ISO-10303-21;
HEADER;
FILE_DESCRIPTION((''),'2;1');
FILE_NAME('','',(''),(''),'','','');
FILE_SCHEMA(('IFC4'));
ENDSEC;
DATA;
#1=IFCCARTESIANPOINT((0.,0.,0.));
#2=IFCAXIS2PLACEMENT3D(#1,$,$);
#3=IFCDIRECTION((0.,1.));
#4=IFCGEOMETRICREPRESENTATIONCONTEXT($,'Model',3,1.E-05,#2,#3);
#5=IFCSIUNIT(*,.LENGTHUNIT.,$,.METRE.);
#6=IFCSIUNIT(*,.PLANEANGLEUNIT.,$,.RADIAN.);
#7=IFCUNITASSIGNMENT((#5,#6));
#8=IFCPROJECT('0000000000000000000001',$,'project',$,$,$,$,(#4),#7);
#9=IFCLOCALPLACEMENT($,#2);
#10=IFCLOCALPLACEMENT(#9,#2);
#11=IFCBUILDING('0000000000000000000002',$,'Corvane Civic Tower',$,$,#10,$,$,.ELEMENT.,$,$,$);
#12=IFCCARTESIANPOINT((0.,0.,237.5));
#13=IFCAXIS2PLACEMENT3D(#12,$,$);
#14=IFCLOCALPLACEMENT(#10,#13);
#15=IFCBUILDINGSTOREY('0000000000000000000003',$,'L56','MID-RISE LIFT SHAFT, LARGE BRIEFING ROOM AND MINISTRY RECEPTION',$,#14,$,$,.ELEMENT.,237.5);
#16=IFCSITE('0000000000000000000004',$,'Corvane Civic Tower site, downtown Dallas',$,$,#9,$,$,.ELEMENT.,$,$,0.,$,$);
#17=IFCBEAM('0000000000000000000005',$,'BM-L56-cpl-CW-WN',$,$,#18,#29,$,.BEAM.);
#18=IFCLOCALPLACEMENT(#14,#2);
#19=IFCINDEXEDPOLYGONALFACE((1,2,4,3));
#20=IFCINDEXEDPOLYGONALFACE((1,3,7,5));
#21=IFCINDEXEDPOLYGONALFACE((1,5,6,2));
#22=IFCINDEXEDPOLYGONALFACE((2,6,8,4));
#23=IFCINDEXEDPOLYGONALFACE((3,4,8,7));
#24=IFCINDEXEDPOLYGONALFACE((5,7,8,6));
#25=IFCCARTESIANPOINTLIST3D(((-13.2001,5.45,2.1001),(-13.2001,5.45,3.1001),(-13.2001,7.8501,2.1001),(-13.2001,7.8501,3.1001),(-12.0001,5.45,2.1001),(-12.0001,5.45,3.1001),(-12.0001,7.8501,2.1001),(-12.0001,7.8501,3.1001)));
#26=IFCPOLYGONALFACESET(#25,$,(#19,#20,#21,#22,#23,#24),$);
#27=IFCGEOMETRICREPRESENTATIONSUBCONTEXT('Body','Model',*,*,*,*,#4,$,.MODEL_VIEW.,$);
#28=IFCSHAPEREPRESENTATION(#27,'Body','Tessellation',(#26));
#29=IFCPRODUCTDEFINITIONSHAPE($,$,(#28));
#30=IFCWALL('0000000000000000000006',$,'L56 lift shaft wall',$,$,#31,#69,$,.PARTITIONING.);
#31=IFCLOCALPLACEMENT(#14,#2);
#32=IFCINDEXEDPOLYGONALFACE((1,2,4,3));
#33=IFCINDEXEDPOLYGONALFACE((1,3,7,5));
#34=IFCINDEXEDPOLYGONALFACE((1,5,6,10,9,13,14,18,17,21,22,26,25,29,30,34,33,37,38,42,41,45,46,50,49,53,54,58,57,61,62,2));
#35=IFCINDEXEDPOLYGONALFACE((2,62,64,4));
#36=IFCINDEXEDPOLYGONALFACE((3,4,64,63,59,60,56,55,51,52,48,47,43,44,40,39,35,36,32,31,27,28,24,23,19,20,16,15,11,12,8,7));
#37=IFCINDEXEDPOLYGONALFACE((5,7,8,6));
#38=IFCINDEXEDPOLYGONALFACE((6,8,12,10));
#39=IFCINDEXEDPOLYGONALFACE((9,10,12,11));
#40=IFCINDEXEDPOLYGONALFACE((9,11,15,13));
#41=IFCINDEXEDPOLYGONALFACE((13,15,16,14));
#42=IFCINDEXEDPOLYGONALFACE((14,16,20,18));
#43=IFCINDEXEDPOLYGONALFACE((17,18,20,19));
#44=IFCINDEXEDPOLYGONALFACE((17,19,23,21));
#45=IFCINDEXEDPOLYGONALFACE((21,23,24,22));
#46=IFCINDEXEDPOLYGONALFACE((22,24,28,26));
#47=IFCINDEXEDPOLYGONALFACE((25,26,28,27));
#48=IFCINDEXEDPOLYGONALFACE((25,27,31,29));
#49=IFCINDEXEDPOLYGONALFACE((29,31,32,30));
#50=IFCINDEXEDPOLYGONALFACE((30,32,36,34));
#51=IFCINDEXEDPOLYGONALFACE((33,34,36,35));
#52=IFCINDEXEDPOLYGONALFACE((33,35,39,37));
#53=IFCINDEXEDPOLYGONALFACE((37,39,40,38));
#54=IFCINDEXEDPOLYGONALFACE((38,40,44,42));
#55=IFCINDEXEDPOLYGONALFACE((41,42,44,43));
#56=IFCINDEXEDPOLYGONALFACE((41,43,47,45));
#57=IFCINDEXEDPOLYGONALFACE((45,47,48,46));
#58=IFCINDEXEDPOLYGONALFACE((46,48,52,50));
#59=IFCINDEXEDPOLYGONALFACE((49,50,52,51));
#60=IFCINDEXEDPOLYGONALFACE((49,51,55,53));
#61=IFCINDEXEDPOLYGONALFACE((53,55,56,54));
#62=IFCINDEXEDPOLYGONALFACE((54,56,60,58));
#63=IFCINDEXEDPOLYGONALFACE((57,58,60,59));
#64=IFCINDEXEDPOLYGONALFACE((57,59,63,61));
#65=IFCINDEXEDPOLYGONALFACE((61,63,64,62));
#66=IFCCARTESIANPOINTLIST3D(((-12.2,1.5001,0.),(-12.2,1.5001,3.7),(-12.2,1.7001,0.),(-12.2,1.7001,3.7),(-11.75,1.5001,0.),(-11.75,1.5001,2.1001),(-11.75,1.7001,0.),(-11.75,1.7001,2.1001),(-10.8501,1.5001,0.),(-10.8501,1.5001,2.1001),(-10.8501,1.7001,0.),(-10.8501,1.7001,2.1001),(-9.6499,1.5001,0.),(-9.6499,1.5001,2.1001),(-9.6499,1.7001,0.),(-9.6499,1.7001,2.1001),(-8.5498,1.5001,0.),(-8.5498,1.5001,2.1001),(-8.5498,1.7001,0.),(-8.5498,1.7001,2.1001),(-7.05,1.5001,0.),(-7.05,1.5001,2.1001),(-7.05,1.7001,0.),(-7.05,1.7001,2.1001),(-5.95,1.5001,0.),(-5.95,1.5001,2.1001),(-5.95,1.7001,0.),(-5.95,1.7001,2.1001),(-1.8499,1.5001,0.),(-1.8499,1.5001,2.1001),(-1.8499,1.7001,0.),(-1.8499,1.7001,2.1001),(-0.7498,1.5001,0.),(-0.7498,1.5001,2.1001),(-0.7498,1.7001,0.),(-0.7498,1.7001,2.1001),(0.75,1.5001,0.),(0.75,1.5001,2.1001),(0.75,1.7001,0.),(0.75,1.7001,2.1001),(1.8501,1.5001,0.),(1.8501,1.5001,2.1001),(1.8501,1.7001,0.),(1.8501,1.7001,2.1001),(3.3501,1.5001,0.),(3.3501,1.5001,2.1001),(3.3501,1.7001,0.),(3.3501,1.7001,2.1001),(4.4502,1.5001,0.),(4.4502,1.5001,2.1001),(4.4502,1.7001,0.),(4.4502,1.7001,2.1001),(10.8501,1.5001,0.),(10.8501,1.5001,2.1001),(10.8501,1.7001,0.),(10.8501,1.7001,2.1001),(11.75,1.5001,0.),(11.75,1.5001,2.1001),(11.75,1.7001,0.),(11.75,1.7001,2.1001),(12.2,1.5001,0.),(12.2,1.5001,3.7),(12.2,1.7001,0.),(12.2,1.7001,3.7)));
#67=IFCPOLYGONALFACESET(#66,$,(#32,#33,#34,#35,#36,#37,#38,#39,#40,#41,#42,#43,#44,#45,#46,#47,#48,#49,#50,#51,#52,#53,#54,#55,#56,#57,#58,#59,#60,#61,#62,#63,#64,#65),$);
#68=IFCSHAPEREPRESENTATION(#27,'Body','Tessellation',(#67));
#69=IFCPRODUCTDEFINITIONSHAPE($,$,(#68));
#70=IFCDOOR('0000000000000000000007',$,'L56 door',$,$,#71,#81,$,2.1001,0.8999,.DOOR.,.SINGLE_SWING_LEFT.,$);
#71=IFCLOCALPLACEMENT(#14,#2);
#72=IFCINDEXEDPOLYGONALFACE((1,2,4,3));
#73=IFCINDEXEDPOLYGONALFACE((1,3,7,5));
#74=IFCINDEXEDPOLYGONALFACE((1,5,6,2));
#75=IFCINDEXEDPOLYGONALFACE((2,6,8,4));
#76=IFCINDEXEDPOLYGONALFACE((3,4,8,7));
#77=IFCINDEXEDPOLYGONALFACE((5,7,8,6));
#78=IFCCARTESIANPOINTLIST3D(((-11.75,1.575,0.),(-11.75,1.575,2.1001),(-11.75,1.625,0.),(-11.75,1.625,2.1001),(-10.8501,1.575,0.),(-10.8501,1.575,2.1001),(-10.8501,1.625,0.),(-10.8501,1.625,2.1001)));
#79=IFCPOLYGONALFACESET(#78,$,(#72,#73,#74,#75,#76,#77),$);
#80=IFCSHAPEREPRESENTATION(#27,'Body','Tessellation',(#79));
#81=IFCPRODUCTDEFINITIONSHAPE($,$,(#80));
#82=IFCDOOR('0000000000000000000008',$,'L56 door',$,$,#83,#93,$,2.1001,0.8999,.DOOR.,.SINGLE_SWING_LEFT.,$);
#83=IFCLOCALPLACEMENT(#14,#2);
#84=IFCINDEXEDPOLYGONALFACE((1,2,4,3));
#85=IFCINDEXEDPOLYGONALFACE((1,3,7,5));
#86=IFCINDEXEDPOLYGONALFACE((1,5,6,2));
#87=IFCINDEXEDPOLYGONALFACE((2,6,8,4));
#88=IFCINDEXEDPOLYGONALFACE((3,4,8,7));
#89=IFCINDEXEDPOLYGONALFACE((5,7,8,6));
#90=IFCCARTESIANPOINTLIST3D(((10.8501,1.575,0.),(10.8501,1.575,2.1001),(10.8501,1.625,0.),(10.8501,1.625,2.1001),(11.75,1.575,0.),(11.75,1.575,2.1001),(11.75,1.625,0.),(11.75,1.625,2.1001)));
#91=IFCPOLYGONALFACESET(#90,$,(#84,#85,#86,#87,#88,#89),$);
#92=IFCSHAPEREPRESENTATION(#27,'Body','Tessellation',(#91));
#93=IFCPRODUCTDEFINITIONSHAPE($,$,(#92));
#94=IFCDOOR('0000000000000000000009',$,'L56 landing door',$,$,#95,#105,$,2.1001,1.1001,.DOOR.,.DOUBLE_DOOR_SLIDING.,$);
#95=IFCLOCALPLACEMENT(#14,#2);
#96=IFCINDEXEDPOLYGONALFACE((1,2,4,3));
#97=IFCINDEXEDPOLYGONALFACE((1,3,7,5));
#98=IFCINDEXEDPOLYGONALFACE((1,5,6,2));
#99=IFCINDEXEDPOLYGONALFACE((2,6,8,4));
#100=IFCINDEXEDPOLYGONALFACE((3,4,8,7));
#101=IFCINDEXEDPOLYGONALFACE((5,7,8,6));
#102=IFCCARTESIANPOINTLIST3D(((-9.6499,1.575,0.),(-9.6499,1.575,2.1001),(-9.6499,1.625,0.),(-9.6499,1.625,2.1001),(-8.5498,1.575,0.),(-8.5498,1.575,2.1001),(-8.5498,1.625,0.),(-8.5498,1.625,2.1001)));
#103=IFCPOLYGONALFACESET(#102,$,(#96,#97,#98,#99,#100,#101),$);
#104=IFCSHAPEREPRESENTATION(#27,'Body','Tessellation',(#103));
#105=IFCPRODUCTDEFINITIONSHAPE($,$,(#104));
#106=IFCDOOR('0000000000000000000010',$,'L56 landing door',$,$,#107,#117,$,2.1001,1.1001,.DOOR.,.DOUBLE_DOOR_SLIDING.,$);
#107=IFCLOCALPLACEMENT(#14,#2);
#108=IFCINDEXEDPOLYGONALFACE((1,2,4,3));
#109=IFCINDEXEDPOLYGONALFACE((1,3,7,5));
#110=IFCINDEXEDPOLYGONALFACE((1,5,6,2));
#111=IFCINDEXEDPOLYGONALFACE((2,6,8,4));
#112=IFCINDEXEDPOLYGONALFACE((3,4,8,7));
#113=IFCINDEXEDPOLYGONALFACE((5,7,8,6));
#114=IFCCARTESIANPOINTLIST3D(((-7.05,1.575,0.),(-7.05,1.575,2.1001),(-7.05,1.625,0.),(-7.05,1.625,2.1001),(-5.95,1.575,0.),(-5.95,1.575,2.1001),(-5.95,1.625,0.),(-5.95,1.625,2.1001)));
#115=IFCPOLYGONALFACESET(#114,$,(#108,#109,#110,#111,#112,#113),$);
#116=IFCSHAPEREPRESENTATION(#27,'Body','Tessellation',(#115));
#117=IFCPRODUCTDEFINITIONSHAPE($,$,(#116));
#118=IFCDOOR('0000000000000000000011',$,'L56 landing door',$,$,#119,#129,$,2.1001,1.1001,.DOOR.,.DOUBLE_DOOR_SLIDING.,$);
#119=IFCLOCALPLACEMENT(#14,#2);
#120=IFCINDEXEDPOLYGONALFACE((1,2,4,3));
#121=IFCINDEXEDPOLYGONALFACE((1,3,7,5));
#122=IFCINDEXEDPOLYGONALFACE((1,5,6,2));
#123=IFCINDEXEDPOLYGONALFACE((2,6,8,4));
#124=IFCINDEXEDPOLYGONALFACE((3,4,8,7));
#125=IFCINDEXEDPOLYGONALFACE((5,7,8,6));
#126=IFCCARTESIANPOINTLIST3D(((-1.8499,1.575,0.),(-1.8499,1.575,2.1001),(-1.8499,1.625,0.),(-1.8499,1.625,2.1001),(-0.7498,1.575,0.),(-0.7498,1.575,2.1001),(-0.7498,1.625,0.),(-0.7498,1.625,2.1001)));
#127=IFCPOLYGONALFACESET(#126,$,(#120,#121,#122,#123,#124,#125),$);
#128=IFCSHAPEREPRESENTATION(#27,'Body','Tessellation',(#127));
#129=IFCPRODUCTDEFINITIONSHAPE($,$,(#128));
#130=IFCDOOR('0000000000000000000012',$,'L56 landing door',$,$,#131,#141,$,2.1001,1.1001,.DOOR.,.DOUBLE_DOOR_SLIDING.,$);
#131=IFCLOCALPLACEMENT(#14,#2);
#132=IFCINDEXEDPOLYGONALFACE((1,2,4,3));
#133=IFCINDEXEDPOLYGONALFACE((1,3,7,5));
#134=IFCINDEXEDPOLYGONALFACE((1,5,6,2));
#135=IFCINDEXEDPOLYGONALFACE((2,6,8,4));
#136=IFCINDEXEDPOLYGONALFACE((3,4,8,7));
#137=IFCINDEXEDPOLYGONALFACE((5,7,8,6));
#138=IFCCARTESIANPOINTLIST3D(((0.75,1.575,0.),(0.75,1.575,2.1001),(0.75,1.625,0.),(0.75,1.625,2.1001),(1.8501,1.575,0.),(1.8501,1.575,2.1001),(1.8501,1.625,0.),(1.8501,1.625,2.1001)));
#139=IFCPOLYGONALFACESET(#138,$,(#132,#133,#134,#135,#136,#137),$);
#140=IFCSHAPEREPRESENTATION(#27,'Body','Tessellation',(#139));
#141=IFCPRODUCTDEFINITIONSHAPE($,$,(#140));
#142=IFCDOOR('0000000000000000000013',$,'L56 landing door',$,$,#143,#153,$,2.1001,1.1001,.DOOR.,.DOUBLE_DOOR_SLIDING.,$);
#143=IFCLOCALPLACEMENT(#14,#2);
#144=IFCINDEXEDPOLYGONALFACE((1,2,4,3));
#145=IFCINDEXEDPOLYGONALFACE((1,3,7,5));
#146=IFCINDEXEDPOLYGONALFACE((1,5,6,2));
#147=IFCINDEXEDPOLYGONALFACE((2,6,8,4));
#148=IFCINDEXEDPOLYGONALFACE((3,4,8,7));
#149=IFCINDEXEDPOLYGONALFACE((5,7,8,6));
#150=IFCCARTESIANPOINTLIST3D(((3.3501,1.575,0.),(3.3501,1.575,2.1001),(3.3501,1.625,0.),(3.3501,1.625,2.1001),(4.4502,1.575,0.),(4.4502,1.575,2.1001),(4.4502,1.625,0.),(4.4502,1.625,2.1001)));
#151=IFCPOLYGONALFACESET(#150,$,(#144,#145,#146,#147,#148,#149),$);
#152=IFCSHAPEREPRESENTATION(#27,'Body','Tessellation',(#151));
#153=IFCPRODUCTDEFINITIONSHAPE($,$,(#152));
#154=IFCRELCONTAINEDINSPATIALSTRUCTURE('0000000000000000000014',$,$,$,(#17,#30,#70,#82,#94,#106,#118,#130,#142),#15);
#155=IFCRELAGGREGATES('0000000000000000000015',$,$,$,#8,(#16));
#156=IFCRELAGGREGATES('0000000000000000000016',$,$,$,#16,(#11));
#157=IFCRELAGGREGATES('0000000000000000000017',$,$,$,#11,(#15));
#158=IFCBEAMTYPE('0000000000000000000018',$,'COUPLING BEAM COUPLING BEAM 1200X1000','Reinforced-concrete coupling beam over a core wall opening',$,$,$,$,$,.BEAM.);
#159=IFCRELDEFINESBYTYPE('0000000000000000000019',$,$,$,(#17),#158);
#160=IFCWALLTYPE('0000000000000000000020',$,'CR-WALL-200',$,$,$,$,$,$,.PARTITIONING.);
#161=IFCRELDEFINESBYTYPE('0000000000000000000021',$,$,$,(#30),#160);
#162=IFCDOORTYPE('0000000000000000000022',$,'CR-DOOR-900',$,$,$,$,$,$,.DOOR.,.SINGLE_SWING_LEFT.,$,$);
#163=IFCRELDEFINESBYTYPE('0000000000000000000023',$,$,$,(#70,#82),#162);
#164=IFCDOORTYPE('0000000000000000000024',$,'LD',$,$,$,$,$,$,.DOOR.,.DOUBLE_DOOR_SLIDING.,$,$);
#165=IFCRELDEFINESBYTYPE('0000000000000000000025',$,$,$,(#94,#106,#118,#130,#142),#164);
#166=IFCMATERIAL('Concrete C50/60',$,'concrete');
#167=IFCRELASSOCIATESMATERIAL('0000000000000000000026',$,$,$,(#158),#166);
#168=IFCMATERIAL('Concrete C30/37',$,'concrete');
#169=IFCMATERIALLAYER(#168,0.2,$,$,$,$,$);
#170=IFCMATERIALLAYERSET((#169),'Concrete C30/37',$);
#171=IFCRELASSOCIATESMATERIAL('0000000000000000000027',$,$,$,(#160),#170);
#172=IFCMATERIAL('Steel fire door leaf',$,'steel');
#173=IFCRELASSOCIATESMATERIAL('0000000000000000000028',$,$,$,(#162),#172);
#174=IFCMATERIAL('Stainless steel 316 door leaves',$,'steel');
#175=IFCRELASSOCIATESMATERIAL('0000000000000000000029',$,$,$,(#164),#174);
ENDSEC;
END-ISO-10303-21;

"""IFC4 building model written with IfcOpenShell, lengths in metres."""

from ifc_helpers import new_model, si_unit, direction, frame, frame_2d, origin, origin_2d, place, context, subcontext, project, spatial, rectangle, extrude, material, layer, layer_set, material_profile, profile_set, type_object, element, fill, save


model = new_model("IFC4")

# Units and contexts
model_context = context("Model", 3, precision=1e-05, world=origin(), true_north=direction((0.0, 1.0)))
body_context = subcontext(model_context, "Body", "Model", "MODEL_VIEW")
ifc_project = project(units=[si_unit("LENGTHUNIT", "METRE"), si_unit("PLANEANGLEUNIT", "RADIAN")], contexts=[model_context])

# Site, building, storey
site_placement = place(None, origin())
site = spatial("IfcSite", under=ifc_project, at=site_placement, Name="Corvane Civic Tower site, downtown Dallas", CompositionType="ELEMENT", RefElevation=0.0)
building_placement = place(site_placement, origin())
building = spatial("IfcBuilding", under=site, at=building_placement, Name="Corvane Civic Tower", CompositionType="ELEMENT")
storey_placement = place(building_placement, frame((0.0, 0.0, 237.5)))
storey = spatial("IfcBuildingStorey", under=building, at=storey_placement, Name="L56", Description="MID-RISE LIFT SHAFT, LARGE BRIEFING ROOM AND MINISTRY RECEPTION", CompositionType="ELEMENT", Elevation=237.5)

# Beam
ifc_material_1 = material(Name="Concrete C50/60", Category="concrete")
ifc_material_profile = material_profile(ifc_material_1, rectangle(XDim=1.2, YDim=1.0, at=origin_2d()), Name="COUPLING BEAM 1200X1000")
ifc_profile_set = profile_set([ifc_material_profile], Name="Concrete C50/60")
beam_type = type_object("IfcBeamType", Name="COUPLING BEAM COUPLING BEAM 1200X1000", Description="Reinforced-concrete coupling beam over a core wall opening", PredefinedType="BEAM", material=ifc_profile_set)
beam_placement = place(storey_placement, frame((-12.6001, 5.45, 2.6001), z_axis=(0.0, 1.0, 0.0), x_axis=(-1.0, 0.0, 0.0)))
element("IfcBeam", 1, at=beam_placement, inside=storey, type_object=beam_type, Name="BM-L56-cpl-CW-WN", PredefinedType="BEAM", context=body_context, shape_type="SweptSolid", body=[
    extrude(rectangle(XDim=1.2, YDim=1.0, at=origin_2d()), origin(), (0.0, 0.0, 1.0), 2.4001),
])

# Wall, openings, doors
ifc_material_2 = material(Name="Concrete C30/37", Category="concrete")
ifc_layer_1 = layer(ifc_material_2, 0.2)
ifc_layer_set_1 = layer_set([ifc_layer_1], Name="Concrete C30/37")
wall_type_1 = type_object("IfcWallType", Name="CR-WALL-200", PredefinedType="PARTITIONING", material=ifc_layer_set_1)
wall_1_placement = place(storey_placement, frame((-12.2, 1.6001, 0.0), z_axis=(0.0, 0.0, 1.0), x_axis=(1.0, 0.0, 0.0)))
wall_1 = element("IfcWall", 2, at=wall_1_placement, inside=storey, type_object=wall_type_1, Name="L56 lift shaft wall", PredefinedType="PARTITIONING", context=body_context, shape_type="SweptSolid", body=[
    extrude(rectangle(XDim=24.3999, YDim=0.2, at=frame_2d((12.2, 0.0))), origin(), (0.0, 0.0, 1.0), 3.7),
])
opening_1_placement = place(wall_1_placement, frame((2.55, 0.0, 0.0)))
opening_1 = element("IfcOpeningElement", 3, at=opening_1_placement, cuts=wall_1, PredefinedType="OPENING", context=body_context, shape_type="SweptSolid", body=[
    extrude(rectangle(XDim=1.1001, YDim=2.1001, at=frame_2d((0.55, 1.05))), frame((0.0, 0.1099, 0.0), z_axis=(0.0, -1.0, 0.0), x_axis=(1.0, 0.0, 0.0)), (0.0, 0.0, 1.0), 0.22),
])
opening_2_placement = place(wall_1_placement, frame((5.1499, 0.0, 0.0)))
opening_2 = element("IfcOpeningElement", 4, at=opening_2_placement, cuts=wall_1, PredefinedType="OPENING", context=body_context, shape_type="SweptSolid", body=[
    extrude(rectangle(XDim=1.1001, YDim=2.1001, at=frame_2d((0.55, 1.05))), frame((0.0, 0.1099, 0.0), z_axis=(0.0, -1.0, 0.0), x_axis=(1.0, 0.0, 0.0)), (0.0, 0.0, 1.0), 0.22),
])
opening_3_placement = place(wall_1_placement, frame((10.3501, 0.0, 0.0)))
opening_3 = element("IfcOpeningElement", 5, at=opening_3_placement, cuts=wall_1, PredefinedType="OPENING", context=body_context, shape_type="SweptSolid", body=[
    extrude(rectangle(XDim=1.1001, YDim=2.1001, at=frame_2d((0.55, 1.05))), frame((0.0, 0.1099, 0.0), z_axis=(0.0, -1.0, 0.0), x_axis=(1.0, 0.0, 0.0)), (0.0, 0.0, 1.0), 0.22),
])
opening_4_placement = place(wall_1_placement, frame((12.95, 0.0, 0.0)))
opening_4 = element("IfcOpeningElement", 6, at=opening_4_placement, cuts=wall_1, PredefinedType="OPENING", context=body_context, shape_type="SweptSolid", body=[
    extrude(rectangle(XDim=1.1001, YDim=2.1001, at=frame_2d((0.55, 1.05))), frame((0.0, 0.1099, 0.0), z_axis=(0.0, -1.0, 0.0), x_axis=(1.0, 0.0, 0.0)), (0.0, 0.0, 1.0), 0.22),
])
opening_5_placement = place(wall_1_placement, frame((15.55, 0.0, 0.0)))
opening_5 = element("IfcOpeningElement", 7, at=opening_5_placement, cuts=wall_1, PredefinedType="OPENING", context=body_context, shape_type="SweptSolid", body=[
    extrude(rectangle(XDim=1.1001, YDim=2.1001, at=frame_2d((0.55, 1.05))), frame((0.0, 0.1099, 0.0), z_axis=(0.0, -1.0, 0.0), x_axis=(1.0, 0.0, 0.0)), (0.0, 0.0, 1.0), 0.22),
])
opening_6_placement = place(wall_1_placement, frame((0.45, 0.0, 0.0)))
opening_6 = element("IfcOpeningElement", 8, at=opening_6_placement, cuts=wall_1, PredefinedType="OPENING", context=body_context, shape_type="SweptSolid", body=[
    extrude(rectangle(XDim=0.8999, YDim=2.1001, at=frame_2d((0.45, 1.05))), frame((0.0, 0.1099, 0.0), z_axis=(0.0, -1.0, 0.0), x_axis=(1.0, 0.0, 0.0)), (0.0, 0.0, 1.0), 0.22),
])
opening_7_placement = place(wall_1_placement, frame((23.05, 0.0, 0.0)))
opening_7 = element("IfcOpeningElement", 9, at=opening_7_placement, cuts=wall_1, PredefinedType="OPENING", context=body_context, shape_type="SweptSolid", body=[
    extrude(rectangle(XDim=0.8999, YDim=2.1001, at=frame_2d((0.45, 1.05))), frame((0.0, 0.1099, 0.0), z_axis=(0.0, -1.0, 0.0), x_axis=(1.0, 0.0, 0.0)), (0.0, 0.0, 1.0), 0.22),
])
ifc_material_3 = material(Name="Steel fire door leaf", Category="steel")
door_type_1 = type_object("IfcDoorType", Name="CR-DOOR-900", OperationType="SINGLE_SWING_LEFT", PredefinedType="DOOR", material=ifc_material_3)
door_1_placement = place(opening_6_placement, origin())
door_1 = element("IfcDoor", 10, at=door_1_placement, inside=storey, type_object=door_type_1, Name="L56 door", OperationType="SINGLE_SWING_LEFT", OverallHeight=2.1001, OverallWidth=0.8999, PredefinedType="DOOR", context=body_context, shape_type="SweptSolid", body=[
    extrude(rectangle(XDim=0.8999, YDim=2.1001, at=frame_2d((0.45, 1.05))), frame((0.0, 0.0249, 0.0), z_axis=(0.0, -1.0, 0.0), x_axis=(1.0, 0.0, 0.0)), (0.0, 0.0, 1.0), 0.05),
])
fill(opening_6, door_1)
door_2_placement = place(opening_7_placement, origin())
door_2 = element("IfcDoor", 11, at=door_2_placement, inside=storey, type_object=door_type_1, Name="L56 door", OperationType="SINGLE_SWING_LEFT", OverallHeight=2.1001, OverallWidth=0.8999, PredefinedType="DOOR", context=body_context, shape_type="SweptSolid", body=[
    extrude(rectangle(XDim=0.8999, YDim=2.1001, at=frame_2d((0.45, 1.05))), frame((0.0, 0.0249, 0.0), z_axis=(0.0, -1.0, 0.0), x_axis=(1.0, 0.0, 0.0)), (0.0, 0.0, 1.0), 0.05),
])
fill(opening_7, door_2)
ifc_material_4 = material(Name="Stainless steel 316 door leaves", Category="steel")
door_type_2 = type_object("IfcDoorType", Name="LD", OperationType="DOUBLE_DOOR_SLIDING", PredefinedType="DOOR", material=ifc_material_4)
door_3_placement = place(opening_1_placement, origin())
door_3 = element("IfcDoor", 12, at=door_3_placement, inside=storey, type_object=door_type_2, Name="L56 landing door", OperationType="DOUBLE_DOOR_SLIDING", OverallHeight=2.1001, OverallWidth=1.1001, PredefinedType="DOOR", context=body_context, shape_type="SweptSolid", body=[
    extrude(rectangle(XDim=1.1001, YDim=2.1001, at=frame_2d((0.55, 1.05))), frame((0.0, 0.0249, 0.0), z_axis=(0.0, -1.0, 0.0), x_axis=(1.0, 0.0, 0.0)), (0.0, 0.0, 1.0), 0.05),
])
fill(opening_1, door_3)
door_4_placement = place(opening_2_placement, origin())
door_4 = element("IfcDoor", 13, at=door_4_placement, inside=storey, type_object=door_type_2, Name="L56 landing door", OperationType="DOUBLE_DOOR_SLIDING", OverallHeight=2.1001, OverallWidth=1.1001, PredefinedType="DOOR", context=body_context, shape_type="SweptSolid", body=[
    extrude(rectangle(XDim=1.1001, YDim=2.1001, at=frame_2d((0.55, 1.05))), frame((0.0, 0.0249, 0.0), z_axis=(0.0, -1.0, 0.0), x_axis=(1.0, 0.0, 0.0)), (0.0, 0.0, 1.0), 0.05),
])
fill(opening_2, door_4)
door_5_placement = place(opening_3_placement, origin())
door_5 = element("IfcDoor", 14, at=door_5_placement, inside=storey, type_object=door_type_2, Name="L56 landing door", OperationType="DOUBLE_DOOR_SLIDING", OverallHeight=2.1001, OverallWidth=1.1001, PredefinedType="DOOR", context=body_context, shape_type="SweptSolid", body=[
    extrude(rectangle(XDim=1.1001, YDim=2.1001, at=frame_2d((0.55, 1.05))), frame((0.0, 0.0249, 0.0), z_axis=(0.0, -1.0, 0.0), x_axis=(1.0, 0.0, 0.0)), (0.0, 0.0, 1.0), 0.05),
])
fill(opening_3, door_5)
door_6_placement = place(opening_4_placement, origin())
door_6 = element("IfcDoor", 15, at=door_6_placement, inside=storey, type_object=door_type_2, Name="L56 landing door", OperationType="DOUBLE_DOOR_SLIDING", OverallHeight=2.1001, OverallWidth=1.1001, PredefinedType="DOOR", context=body_context, shape_type="SweptSolid", body=[
    extrude(rectangle(XDim=1.1001, YDim=2.1001, at=frame_2d((0.55, 1.05))), frame((0.0, 0.0249, 0.0), z_axis=(0.0, -1.0, 0.0), x_axis=(1.0, 0.0, 0.0)), (0.0, 0.0, 1.0), 0.05),
])
fill(opening_4, door_6)
door_7_placement = place(opening_5_placement, origin())
door_7 = element("IfcDoor", 16, at=door_7_placement, inside=storey, type_object=door_type_2, Name="L56 landing door", OperationType="DOUBLE_DOOR_SLIDING", OverallHeight=2.1001, OverallWidth=1.1001, PredefinedType="DOOR", context=body_context, shape_type="SweptSolid", body=[
    extrude(rectangle(XDim=1.1001, YDim=2.1001, at=frame_2d((0.55, 1.05))), frame((0.0, 0.0249, 0.0), z_axis=(0.0, -1.0, 0.0), x_axis=(1.0, 0.0, 0.0)), (0.0, 0.0, 1.0), 0.05),
])
fill(opening_5, door_7)

save(model, "model.ifc")
